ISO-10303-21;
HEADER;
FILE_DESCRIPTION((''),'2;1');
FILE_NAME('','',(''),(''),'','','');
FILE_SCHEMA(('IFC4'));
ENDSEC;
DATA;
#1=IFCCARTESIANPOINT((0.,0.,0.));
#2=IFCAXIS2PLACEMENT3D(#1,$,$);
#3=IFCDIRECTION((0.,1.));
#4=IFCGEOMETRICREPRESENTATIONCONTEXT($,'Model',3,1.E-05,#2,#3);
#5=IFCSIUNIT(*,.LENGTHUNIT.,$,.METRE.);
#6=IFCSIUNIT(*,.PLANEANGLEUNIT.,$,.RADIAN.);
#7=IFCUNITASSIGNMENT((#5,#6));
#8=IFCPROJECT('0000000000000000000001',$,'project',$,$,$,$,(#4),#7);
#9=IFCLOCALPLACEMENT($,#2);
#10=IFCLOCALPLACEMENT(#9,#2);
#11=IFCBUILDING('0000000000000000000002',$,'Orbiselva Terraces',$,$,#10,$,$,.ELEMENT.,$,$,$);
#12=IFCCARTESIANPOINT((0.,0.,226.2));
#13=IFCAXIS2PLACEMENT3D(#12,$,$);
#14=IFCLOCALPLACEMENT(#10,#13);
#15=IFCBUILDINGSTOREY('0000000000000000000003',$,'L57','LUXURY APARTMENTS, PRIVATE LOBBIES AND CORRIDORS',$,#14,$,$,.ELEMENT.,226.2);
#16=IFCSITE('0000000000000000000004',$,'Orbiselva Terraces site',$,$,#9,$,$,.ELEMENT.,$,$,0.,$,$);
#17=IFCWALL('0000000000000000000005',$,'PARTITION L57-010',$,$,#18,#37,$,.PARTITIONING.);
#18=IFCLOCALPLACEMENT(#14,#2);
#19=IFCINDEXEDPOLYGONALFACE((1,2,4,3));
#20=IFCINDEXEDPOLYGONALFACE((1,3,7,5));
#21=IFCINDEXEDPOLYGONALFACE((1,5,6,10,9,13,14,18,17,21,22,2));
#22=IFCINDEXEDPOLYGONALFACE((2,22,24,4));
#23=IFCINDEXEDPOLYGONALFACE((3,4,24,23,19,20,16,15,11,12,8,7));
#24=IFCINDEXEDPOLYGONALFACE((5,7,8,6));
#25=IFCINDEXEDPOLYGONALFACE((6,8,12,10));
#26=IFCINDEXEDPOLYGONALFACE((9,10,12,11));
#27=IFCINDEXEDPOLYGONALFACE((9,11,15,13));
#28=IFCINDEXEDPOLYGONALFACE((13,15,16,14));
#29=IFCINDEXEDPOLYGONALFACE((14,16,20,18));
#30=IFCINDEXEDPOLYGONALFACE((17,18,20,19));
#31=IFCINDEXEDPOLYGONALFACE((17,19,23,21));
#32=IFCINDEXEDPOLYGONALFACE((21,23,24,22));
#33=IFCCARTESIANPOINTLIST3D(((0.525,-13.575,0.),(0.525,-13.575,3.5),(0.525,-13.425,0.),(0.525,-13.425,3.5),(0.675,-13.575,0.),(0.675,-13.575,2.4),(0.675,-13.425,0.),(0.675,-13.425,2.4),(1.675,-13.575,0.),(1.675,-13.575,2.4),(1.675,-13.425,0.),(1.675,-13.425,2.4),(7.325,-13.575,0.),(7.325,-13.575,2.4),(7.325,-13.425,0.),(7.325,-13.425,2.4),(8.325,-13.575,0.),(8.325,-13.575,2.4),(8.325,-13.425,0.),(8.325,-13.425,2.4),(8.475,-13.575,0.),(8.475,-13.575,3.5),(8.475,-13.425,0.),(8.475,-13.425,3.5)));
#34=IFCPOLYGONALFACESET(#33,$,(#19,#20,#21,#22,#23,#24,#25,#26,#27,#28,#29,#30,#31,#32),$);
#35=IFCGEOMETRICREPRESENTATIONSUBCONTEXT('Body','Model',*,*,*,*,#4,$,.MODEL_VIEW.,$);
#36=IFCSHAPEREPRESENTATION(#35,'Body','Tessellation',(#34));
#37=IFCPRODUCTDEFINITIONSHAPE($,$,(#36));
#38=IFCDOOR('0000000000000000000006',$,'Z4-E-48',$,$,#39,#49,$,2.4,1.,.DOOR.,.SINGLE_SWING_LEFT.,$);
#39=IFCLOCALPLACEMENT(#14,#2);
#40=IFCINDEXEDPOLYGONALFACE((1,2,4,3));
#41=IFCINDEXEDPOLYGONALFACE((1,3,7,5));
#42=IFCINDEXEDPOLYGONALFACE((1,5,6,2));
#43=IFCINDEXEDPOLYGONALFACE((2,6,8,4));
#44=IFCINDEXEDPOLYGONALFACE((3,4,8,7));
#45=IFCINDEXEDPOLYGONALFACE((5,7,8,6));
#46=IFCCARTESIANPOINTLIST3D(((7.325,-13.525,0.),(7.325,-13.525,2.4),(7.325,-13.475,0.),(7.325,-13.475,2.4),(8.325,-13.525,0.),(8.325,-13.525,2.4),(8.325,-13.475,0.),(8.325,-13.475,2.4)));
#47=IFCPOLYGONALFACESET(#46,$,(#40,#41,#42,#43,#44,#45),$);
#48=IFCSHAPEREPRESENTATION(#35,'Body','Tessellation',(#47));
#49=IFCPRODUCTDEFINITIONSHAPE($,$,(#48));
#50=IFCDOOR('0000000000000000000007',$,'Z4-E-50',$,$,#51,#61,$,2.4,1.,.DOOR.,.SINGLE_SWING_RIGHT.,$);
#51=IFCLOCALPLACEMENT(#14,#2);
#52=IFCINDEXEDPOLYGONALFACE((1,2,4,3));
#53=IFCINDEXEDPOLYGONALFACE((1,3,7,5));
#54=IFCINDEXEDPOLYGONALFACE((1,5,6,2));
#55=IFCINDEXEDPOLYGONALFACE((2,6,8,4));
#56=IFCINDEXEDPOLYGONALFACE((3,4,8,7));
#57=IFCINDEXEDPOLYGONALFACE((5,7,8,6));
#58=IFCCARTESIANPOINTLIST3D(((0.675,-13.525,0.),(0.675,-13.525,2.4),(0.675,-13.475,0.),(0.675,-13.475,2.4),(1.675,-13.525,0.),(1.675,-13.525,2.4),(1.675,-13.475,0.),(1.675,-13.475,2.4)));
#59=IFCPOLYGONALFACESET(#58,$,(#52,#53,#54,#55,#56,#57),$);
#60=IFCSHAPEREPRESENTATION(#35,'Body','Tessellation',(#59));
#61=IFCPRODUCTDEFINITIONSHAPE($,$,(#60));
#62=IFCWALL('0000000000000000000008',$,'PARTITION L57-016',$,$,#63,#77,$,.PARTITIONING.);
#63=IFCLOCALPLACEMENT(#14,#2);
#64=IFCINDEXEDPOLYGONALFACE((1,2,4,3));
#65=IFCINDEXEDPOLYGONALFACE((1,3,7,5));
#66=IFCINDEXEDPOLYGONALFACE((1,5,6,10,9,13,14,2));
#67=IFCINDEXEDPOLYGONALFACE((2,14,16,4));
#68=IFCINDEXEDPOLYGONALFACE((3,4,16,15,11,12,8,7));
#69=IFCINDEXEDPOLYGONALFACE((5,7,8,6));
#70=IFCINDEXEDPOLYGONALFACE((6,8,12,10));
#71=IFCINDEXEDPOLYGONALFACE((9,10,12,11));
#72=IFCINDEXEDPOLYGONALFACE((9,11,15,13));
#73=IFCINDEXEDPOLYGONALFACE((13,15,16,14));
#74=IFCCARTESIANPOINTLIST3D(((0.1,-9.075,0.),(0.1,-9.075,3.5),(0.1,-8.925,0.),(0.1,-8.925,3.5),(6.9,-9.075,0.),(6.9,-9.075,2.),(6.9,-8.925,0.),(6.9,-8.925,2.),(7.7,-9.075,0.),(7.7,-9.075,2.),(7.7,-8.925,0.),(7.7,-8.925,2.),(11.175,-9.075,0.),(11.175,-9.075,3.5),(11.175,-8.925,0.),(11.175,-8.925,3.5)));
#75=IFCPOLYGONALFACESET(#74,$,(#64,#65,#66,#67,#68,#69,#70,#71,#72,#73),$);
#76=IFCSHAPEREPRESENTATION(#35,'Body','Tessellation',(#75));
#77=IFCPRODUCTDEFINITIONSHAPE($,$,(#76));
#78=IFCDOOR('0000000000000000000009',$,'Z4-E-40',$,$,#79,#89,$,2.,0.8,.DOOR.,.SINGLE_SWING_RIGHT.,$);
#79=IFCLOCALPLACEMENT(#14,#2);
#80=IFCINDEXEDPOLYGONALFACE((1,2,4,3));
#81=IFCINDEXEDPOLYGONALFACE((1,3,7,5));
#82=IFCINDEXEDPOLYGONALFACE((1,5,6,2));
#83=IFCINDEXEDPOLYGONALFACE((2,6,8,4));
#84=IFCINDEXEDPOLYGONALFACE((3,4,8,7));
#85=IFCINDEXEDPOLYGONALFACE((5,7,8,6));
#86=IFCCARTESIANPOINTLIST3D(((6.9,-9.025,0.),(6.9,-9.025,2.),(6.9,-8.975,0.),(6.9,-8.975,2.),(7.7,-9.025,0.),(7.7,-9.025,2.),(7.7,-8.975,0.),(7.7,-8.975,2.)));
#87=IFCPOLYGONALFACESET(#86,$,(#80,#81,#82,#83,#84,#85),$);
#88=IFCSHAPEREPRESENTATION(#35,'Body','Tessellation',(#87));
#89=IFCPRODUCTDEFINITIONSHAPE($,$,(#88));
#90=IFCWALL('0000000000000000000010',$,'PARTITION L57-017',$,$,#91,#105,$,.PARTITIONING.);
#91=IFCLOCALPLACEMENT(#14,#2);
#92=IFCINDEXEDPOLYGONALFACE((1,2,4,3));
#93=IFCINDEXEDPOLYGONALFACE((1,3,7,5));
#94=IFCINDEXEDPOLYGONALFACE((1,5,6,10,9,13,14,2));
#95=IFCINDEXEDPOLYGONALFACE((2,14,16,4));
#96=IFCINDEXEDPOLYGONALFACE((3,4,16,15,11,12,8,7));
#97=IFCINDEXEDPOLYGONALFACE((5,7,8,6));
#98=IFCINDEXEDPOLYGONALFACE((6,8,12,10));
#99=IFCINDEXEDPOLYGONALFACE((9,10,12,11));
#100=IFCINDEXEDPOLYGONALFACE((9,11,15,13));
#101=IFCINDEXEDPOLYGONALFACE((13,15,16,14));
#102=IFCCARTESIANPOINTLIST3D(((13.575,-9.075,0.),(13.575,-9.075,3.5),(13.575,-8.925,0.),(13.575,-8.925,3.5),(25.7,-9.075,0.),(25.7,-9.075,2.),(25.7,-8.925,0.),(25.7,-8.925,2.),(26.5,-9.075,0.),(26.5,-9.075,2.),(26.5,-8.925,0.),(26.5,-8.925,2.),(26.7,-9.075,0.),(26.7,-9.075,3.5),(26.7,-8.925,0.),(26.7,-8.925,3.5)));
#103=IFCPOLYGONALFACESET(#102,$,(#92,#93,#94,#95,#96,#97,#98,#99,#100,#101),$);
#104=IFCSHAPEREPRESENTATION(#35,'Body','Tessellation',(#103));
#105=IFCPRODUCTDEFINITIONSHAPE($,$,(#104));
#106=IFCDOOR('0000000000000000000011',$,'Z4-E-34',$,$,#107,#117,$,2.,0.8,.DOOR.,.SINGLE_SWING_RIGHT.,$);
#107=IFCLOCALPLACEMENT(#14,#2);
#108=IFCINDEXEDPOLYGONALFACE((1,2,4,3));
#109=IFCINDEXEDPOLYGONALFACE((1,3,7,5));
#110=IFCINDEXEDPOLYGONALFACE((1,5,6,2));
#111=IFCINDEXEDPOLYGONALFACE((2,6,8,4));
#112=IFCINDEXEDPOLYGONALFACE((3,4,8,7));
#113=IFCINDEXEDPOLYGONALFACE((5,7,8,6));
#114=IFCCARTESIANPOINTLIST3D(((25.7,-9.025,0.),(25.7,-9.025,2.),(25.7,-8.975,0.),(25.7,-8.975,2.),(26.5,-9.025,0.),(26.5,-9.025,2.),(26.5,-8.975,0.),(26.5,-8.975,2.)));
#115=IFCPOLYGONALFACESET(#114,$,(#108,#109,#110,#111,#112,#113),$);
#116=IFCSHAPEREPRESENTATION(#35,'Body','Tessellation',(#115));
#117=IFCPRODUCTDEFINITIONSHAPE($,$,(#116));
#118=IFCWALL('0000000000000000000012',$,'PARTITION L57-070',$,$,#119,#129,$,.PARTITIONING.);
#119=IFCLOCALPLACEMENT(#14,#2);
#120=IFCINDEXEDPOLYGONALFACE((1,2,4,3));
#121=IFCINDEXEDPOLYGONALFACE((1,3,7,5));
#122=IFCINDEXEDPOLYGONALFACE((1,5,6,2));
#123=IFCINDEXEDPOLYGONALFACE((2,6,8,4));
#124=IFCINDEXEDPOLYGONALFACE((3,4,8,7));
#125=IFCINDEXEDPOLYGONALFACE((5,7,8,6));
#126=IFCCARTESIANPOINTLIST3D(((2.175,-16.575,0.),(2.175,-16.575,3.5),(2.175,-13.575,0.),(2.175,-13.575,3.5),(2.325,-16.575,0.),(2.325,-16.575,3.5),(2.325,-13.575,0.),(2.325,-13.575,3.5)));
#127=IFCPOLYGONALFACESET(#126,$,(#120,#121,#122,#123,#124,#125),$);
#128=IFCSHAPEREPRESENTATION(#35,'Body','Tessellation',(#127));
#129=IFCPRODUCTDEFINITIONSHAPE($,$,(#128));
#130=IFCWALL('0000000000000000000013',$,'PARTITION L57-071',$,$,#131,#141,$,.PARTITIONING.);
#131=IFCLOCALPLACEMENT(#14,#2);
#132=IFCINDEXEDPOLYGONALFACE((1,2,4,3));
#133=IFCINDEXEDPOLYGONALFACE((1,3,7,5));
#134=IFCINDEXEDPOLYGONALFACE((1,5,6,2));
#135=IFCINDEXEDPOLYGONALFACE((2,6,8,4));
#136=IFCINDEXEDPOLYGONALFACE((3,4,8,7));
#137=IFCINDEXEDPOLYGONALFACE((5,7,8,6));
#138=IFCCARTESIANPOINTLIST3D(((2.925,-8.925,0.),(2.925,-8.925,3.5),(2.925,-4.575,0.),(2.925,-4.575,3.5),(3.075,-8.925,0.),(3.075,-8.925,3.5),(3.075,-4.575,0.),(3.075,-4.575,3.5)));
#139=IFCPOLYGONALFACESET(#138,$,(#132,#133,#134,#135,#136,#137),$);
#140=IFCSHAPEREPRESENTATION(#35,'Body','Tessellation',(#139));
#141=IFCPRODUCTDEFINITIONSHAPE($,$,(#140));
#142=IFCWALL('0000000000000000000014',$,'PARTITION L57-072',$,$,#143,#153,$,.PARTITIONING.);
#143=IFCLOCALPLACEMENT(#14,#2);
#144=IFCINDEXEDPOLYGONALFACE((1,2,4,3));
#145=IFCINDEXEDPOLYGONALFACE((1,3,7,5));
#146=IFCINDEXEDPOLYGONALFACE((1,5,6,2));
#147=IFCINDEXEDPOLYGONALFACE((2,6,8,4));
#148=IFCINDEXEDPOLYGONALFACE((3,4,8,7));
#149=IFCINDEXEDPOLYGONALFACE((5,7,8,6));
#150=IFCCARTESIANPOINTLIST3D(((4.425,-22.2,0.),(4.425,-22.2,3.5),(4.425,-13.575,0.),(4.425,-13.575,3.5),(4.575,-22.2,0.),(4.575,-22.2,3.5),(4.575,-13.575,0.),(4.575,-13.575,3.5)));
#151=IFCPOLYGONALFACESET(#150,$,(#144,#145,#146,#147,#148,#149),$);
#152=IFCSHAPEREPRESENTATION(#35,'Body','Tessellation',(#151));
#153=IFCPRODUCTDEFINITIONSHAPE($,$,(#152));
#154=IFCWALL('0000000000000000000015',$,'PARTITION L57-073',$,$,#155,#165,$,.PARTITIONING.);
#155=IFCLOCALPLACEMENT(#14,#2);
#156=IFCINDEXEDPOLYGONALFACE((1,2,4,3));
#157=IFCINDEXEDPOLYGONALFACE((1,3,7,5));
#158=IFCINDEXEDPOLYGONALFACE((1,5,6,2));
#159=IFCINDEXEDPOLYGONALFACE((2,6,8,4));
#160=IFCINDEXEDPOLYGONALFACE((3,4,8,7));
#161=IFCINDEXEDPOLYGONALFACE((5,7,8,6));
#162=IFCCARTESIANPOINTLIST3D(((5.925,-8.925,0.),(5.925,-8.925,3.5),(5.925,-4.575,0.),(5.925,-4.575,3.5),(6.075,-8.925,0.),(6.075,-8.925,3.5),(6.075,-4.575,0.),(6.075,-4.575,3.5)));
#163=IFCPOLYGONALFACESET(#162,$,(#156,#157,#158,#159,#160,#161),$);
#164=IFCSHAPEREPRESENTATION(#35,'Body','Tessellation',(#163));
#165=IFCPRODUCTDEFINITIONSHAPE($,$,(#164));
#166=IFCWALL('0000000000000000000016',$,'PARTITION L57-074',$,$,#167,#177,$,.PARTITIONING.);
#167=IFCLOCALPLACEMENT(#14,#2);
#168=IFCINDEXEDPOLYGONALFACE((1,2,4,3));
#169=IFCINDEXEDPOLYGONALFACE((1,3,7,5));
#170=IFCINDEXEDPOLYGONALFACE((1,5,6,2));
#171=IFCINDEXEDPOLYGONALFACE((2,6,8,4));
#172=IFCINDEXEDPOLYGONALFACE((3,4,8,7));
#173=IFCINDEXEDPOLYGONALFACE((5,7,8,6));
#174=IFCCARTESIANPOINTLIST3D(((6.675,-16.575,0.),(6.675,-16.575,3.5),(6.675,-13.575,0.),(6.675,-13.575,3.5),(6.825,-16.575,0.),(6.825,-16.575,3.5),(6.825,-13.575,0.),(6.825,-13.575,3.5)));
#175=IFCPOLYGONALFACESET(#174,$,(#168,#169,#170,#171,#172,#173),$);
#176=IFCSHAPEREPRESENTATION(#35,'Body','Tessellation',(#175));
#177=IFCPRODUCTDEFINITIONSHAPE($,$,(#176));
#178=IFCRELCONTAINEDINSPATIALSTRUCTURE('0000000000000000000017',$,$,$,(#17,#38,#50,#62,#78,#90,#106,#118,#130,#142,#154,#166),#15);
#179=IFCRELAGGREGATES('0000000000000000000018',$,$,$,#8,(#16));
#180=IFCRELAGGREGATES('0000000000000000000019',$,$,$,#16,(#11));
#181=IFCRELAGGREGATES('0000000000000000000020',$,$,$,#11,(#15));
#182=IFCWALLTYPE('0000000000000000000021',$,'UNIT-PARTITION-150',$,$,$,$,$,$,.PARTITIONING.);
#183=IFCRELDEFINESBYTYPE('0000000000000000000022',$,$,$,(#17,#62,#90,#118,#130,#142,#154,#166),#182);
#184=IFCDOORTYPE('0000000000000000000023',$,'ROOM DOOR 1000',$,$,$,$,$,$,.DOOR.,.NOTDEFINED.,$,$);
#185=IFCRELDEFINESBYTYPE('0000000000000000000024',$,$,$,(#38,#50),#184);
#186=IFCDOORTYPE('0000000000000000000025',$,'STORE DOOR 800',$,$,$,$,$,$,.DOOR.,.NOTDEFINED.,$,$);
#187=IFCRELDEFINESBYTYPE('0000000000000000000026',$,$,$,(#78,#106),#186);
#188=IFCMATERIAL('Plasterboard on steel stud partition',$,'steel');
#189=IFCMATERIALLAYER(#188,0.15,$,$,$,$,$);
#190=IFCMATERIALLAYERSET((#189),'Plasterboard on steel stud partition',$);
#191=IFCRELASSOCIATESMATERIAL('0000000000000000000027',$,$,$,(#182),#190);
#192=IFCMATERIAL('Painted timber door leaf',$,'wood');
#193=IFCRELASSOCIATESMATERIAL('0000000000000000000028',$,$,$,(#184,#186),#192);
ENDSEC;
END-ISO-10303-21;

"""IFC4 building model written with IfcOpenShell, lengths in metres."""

from ifc_helpers import new_model, si_unit, direction, frame, frame_2d, origin, place, context, subcontext, project, spatial, rectangle, extrude, material, layer, layer_set, type_object, element, fill, save


model = new_model("IFC4")

# Units and contexts
model_context = context("Model", 3, precision=1e-05, world=origin(), true_north=direction((0.0, 1.0)))
body_context = subcontext(model_context, "Body", "Model", "MODEL_VIEW")
ifc_project = project(units=[si_unit("LENGTHUNIT", "METRE"), si_unit("PLANEANGLEUNIT", "RADIAN")], contexts=[model_context])

# Site, building, storey
site_placement = place(None, origin())
site = spatial("IfcSite", under=ifc_project, at=site_placement, Name="Orbiselva Terraces site", CompositionType="ELEMENT", RefElevation=0.0)
building_placement = place(site_placement, origin())
building = spatial("IfcBuilding", under=site, at=building_placement, Name="Orbiselva Terraces", CompositionType="ELEMENT")
storey_placement = place(building_placement, frame((0.0, 0.0, 226.2)))
storey = spatial("IfcBuildingStorey", under=building, at=storey_placement, Name="L57", Description="LUXURY APARTMENTS, PRIVATE LOBBIES AND CORRIDORS", CompositionType="ELEMENT", Elevation=226.2)

# Shared definitions
ifc_material_1 = material(Name="Plasterboard on steel stud partition", Category="steel")

# Shared definitions
ifc_layer_1 = layer(ifc_material_1, 0.15)
ifc_layer_set_1 = layer_set([ifc_layer_1], Name="Plasterboard on steel stud partition")
wall_type_1 = type_object("IfcWallType", Name="UNIT-PARTITION-150", PredefinedType="PARTITIONING", material=ifc_layer_set_1)
ifc_material_2 = material(Name="Painted timber door leaf", Category="wood")

# Wall, openings, doors
wall_1_placement = place(storey_placement, frame((8.475, -13.5, 0.0), z_axis=(0.0, 0.0, 1.0), x_axis=(-1.0, 0.0, 0.0)))
wall_1 = element("IfcWall", 1, at=wall_1_placement, inside=storey, type_object=wall_type_1, Name="PARTITION L57-010", PredefinedType="PARTITIONING", context=body_context, shape_type="SweptSolid", body=[
    extrude(rectangle(XDim=7.95, YDim=0.15, at=frame_2d((3.975, 0.0))), origin(), (0.0, 0.0, 1.0), 3.5),
])
opening_1_placement = place(wall_1_placement, frame((0.15, 0.0, 0.0)))
opening_1 = element("IfcOpeningElement", 2, at=opening_1_placement, cuts=wall_1, PredefinedType="OPENING", context=body_context, shape_type="SweptSolid", body=[
    extrude(rectangle(XDim=1.0, YDim=2.4, at=frame_2d((0.5, 1.2))), frame((0.0, 0.085, 0.0), z_axis=(0.0, -1.0, 0.0), x_axis=(1.0, 0.0, 0.0)), (0.0, 0.0, 1.0), 0.17),
])
opening_2_placement = place(wall_1_placement, frame((6.8, 0.0, 0.0)))
opening_2 = element("IfcOpeningElement", 3, at=opening_2_placement, cuts=wall_1, PredefinedType="OPENING", context=body_context, shape_type="SweptSolid", body=[
    extrude(rectangle(XDim=1.0, YDim=2.4, at=frame_2d((0.5, 1.2))), frame((0.0, 0.085, 0.0), z_axis=(0.0, -1.0, 0.0), x_axis=(1.0, 0.0, 0.0)), (0.0, 0.0, 1.0), 0.17),
])
door_type_1 = type_object("IfcDoorType", Name="ROOM DOOR 1000", OperationType="NOTDEFINED", PredefinedType="DOOR", material=ifc_material_2)
door_1_placement = place(opening_1_placement, origin())
door_1 = element("IfcDoor", 4, at=door_1_placement, inside=storey, type_object=door_type_1, Name="Z4-E-48", OperationType="SINGLE_SWING_LEFT", OverallHeight=2.4, OverallWidth=1.0, PredefinedType="DOOR", context=body_context, shape_type="SweptSolid", body=[
    extrude(rectangle(XDim=1.0, YDim=2.4, at=frame_2d((0.5, 1.2))), frame((0.0, 0.025, 0.0), z_axis=(0.0, -1.0, 0.0), x_axis=(1.0, 0.0, 0.0)), (0.0, 0.0, 1.0), 0.05),
])
fill(opening_1, door_1)
door_2_placement = place(opening_2_placement, origin())
door_2 = element("IfcDoor", 5, at=door_2_placement, inside=storey, type_object=door_type_1, Name="Z4-E-50", OperationType="SINGLE_SWING_RIGHT", OverallHeight=2.4, OverallWidth=1.0, PredefinedType="DOOR", context=body_context, shape_type="SweptSolid", body=[
    extrude(rectangle(XDim=1.0, YDim=2.4, at=frame_2d((0.5, 1.2))), frame((0.0, 0.025, 0.0), z_axis=(0.0, -1.0, 0.0), x_axis=(1.0, 0.0, 0.0)), (0.0, 0.0, 1.0), 0.05),
])
fill(opening_2, door_2)

# Walls, openings, doors
wall_2_placement = place(storey_placement, frame((0.1, -9.0, 0.0), z_axis=(0.0, 0.0, 1.0), x_axis=(1.0, 0.0, 0.0)))
wall_2 = element("IfcWall", 6, at=wall_2_placement, inside=storey, type_object=wall_type_1, Name="PARTITION L57-016", PredefinedType="PARTITIONING", context=body_context, shape_type="SweptSolid", body=[
    extrude(rectangle(XDim=11.075, YDim=0.15, at=frame_2d((5.5375, 0.0))), origin(), (0.0, 0.0, 1.0), 3.5),
])
opening_3_placement = place(wall_2_placement, frame((6.8, 0.0, 0.0)))
opening_3 = element("IfcOpeningElement", 7, at=opening_3_placement, cuts=wall_2, PredefinedType="OPENING", context=body_context, shape_type="SweptSolid", body=[
    extrude(rectangle(XDim=0.8, YDim=2.0, at=frame_2d((0.4, 1.0))), frame((0.0, 0.085, 0.0), z_axis=(0.0, -1.0, 0.0), x_axis=(1.0, 0.0, 0.0)), (0.0, 0.0, 1.0), 0.17),
])
door_type_2 = type_object("IfcDoorType", Name="STORE DOOR 800", OperationType="NOTDEFINED", PredefinedType="DOOR", material=ifc_material_2)
door_3_placement = place(opening_3_placement, origin())
door_3 = element("IfcDoor", 8, at=door_3_placement, inside=storey, type_object=door_type_2, Name="Z4-E-40", OperationType="SINGLE_SWING_RIGHT", OverallHeight=2.0, OverallWidth=0.8, PredefinedType="DOOR", context=body_context, shape_type="SweptSolid", body=[
    extrude(rectangle(XDim=0.8, YDim=2.0, at=frame_2d((0.4, 1.0))), frame((0.0, 0.025, 0.0), z_axis=(0.0, -1.0, 0.0), x_axis=(1.0, 0.0, 0.0)), (0.0, 0.0, 1.0), 0.05),
])
fill(opening_3, door_3)
wall_3_placement = place(storey_placement, frame((13.575, -9.0, 0.0), z_axis=(0.0, 0.0, 1.0), x_axis=(1.0, 0.0, 0.0)))
wall_3 = element("IfcWall", 9, at=wall_3_placement, inside=storey, type_object=wall_type_1, Name="PARTITION L57-017", PredefinedType="PARTITIONING", context=body_context, shape_type="SweptSolid", body=[
    extrude(rectangle(XDim=13.125, YDim=0.15, at=frame_2d((6.5625, 0.0))), origin(), (0.0, 0.0, 1.0), 3.5),
])
opening_4_placement = place(wall_3_placement, frame((12.125, 0.0, 0.0)))
opening_4 = element("IfcOpeningElement", 10, at=opening_4_placement, cuts=wall_3, PredefinedType="OPENING", context=body_context, shape_type="SweptSolid", body=[
    extrude(rectangle(XDim=0.8, YDim=2.0, at=frame_2d((0.4, 1.0))), frame((0.0, 0.085, 0.0), z_axis=(0.0, -1.0, 0.0), x_axis=(1.0, 0.0, 0.0)), (0.0, 0.0, 1.0), 0.17),
])
door_4_placement = place(opening_4_placement, origin())
door_4 = element("IfcDoor", 11, at=door_4_placement, inside=storey, type_object=door_type_2, Name="Z4-E-34", OperationType="SINGLE_SWING_RIGHT", OverallHeight=2.0, OverallWidth=0.8, PredefinedType="DOOR", context=body_context, shape_type="SweptSolid", body=[
    extrude(rectangle(XDim=0.8, YDim=2.0, at=frame_2d((0.4, 1.0))), frame((0.0, 0.025, 0.0), z_axis=(0.0, -1.0, 0.0), x_axis=(1.0, 0.0, 0.0)), (0.0, 0.0, 1.0), 0.05),
])
fill(opening_4, door_4)

# Walls
wall_4_placement = place(storey_placement, frame((2.25, -16.575, 0.0), z_axis=(0.0, 0.0, 1.0), x_axis=(0.0, 1.0, 0.0)))
element("IfcWall", 12, at=wall_4_placement, inside=storey, type_object=wall_type_1, Name="PARTITION L57-070", PredefinedType="PARTITIONING", context=body_context, shape_type="SweptSolid", body=[
    extrude(rectangle(XDim=3.0, YDim=0.15, at=frame_2d((1.5, 0.0))), origin(), (0.0, 0.0, 1.0), 3.5),
])
wall_5_placement = place(storey_placement, frame((3.0, -8.925, 0.0), z_axis=(0.0, 0.0, 1.0), x_axis=(0.0, 1.0, 0.0)))
element("IfcWall", 13, at=wall_5_placement, inside=storey, type_object=wall_type_1, Name="PARTITION L57-071", PredefinedType="PARTITIONING", context=body_context, shape_type="SweptSolid", body=[
    extrude(rectangle(XDim=4.35, YDim=0.15, at=frame_2d((2.175, 0.0))), origin(), (0.0, 0.0, 1.0), 3.5),
])
wall_6_placement = place(storey_placement, frame((4.5, -22.2, 0.0), z_axis=(0.0, 0.0, 1.0), x_axis=(0.0, 1.0, 0.0)))
element("IfcWall", 14, at=wall_6_placement, inside=storey, type_object=wall_type_1, Name="PARTITION L57-072", PredefinedType="PARTITIONING", context=body_context, shape_type="SweptSolid", body=[
    extrude(rectangle(XDim=8.625, YDim=0.15, at=frame_2d((4.3125, 0.0))), origin(), (0.0, 0.0, 1.0), 3.5),
])
wall_7_placement = place(storey_placement, frame((6.0, -8.925, 0.0), z_axis=(0.0, 0.0, 1.0), x_axis=(0.0, 1.0, 0.0)))
element("IfcWall", 15, at=wall_7_placement, inside=storey, type_object=wall_type_1, Name="PARTITION L57-073", PredefinedType="PARTITIONING", context=body_context, shape_type="SweptSolid", body=[
    extrude(rectangle(XDim=4.35, YDim=0.15, at=frame_2d((2.175, 0.0))), origin(), (0.0, 0.0, 1.0), 3.5),
])
wall_8_placement = place(storey_placement, frame((6.75, -16.575, 0.0), z_axis=(0.0, 0.0, 1.0), x_axis=(0.0, 1.0, 0.0)))
element("IfcWall", 16, at=wall_8_placement, inside=storey, type_object=wall_type_1, Name="PARTITION L57-074", PredefinedType="PARTITIONING", context=body_context, shape_type="SweptSolid", body=[
    extrude(rectangle(XDim=3.0, YDim=0.15, at=frame_2d((1.5, 0.0))), origin(), (0.0, 0.0, 1.0), 3.5),
])

save(model, "model.ifc")
